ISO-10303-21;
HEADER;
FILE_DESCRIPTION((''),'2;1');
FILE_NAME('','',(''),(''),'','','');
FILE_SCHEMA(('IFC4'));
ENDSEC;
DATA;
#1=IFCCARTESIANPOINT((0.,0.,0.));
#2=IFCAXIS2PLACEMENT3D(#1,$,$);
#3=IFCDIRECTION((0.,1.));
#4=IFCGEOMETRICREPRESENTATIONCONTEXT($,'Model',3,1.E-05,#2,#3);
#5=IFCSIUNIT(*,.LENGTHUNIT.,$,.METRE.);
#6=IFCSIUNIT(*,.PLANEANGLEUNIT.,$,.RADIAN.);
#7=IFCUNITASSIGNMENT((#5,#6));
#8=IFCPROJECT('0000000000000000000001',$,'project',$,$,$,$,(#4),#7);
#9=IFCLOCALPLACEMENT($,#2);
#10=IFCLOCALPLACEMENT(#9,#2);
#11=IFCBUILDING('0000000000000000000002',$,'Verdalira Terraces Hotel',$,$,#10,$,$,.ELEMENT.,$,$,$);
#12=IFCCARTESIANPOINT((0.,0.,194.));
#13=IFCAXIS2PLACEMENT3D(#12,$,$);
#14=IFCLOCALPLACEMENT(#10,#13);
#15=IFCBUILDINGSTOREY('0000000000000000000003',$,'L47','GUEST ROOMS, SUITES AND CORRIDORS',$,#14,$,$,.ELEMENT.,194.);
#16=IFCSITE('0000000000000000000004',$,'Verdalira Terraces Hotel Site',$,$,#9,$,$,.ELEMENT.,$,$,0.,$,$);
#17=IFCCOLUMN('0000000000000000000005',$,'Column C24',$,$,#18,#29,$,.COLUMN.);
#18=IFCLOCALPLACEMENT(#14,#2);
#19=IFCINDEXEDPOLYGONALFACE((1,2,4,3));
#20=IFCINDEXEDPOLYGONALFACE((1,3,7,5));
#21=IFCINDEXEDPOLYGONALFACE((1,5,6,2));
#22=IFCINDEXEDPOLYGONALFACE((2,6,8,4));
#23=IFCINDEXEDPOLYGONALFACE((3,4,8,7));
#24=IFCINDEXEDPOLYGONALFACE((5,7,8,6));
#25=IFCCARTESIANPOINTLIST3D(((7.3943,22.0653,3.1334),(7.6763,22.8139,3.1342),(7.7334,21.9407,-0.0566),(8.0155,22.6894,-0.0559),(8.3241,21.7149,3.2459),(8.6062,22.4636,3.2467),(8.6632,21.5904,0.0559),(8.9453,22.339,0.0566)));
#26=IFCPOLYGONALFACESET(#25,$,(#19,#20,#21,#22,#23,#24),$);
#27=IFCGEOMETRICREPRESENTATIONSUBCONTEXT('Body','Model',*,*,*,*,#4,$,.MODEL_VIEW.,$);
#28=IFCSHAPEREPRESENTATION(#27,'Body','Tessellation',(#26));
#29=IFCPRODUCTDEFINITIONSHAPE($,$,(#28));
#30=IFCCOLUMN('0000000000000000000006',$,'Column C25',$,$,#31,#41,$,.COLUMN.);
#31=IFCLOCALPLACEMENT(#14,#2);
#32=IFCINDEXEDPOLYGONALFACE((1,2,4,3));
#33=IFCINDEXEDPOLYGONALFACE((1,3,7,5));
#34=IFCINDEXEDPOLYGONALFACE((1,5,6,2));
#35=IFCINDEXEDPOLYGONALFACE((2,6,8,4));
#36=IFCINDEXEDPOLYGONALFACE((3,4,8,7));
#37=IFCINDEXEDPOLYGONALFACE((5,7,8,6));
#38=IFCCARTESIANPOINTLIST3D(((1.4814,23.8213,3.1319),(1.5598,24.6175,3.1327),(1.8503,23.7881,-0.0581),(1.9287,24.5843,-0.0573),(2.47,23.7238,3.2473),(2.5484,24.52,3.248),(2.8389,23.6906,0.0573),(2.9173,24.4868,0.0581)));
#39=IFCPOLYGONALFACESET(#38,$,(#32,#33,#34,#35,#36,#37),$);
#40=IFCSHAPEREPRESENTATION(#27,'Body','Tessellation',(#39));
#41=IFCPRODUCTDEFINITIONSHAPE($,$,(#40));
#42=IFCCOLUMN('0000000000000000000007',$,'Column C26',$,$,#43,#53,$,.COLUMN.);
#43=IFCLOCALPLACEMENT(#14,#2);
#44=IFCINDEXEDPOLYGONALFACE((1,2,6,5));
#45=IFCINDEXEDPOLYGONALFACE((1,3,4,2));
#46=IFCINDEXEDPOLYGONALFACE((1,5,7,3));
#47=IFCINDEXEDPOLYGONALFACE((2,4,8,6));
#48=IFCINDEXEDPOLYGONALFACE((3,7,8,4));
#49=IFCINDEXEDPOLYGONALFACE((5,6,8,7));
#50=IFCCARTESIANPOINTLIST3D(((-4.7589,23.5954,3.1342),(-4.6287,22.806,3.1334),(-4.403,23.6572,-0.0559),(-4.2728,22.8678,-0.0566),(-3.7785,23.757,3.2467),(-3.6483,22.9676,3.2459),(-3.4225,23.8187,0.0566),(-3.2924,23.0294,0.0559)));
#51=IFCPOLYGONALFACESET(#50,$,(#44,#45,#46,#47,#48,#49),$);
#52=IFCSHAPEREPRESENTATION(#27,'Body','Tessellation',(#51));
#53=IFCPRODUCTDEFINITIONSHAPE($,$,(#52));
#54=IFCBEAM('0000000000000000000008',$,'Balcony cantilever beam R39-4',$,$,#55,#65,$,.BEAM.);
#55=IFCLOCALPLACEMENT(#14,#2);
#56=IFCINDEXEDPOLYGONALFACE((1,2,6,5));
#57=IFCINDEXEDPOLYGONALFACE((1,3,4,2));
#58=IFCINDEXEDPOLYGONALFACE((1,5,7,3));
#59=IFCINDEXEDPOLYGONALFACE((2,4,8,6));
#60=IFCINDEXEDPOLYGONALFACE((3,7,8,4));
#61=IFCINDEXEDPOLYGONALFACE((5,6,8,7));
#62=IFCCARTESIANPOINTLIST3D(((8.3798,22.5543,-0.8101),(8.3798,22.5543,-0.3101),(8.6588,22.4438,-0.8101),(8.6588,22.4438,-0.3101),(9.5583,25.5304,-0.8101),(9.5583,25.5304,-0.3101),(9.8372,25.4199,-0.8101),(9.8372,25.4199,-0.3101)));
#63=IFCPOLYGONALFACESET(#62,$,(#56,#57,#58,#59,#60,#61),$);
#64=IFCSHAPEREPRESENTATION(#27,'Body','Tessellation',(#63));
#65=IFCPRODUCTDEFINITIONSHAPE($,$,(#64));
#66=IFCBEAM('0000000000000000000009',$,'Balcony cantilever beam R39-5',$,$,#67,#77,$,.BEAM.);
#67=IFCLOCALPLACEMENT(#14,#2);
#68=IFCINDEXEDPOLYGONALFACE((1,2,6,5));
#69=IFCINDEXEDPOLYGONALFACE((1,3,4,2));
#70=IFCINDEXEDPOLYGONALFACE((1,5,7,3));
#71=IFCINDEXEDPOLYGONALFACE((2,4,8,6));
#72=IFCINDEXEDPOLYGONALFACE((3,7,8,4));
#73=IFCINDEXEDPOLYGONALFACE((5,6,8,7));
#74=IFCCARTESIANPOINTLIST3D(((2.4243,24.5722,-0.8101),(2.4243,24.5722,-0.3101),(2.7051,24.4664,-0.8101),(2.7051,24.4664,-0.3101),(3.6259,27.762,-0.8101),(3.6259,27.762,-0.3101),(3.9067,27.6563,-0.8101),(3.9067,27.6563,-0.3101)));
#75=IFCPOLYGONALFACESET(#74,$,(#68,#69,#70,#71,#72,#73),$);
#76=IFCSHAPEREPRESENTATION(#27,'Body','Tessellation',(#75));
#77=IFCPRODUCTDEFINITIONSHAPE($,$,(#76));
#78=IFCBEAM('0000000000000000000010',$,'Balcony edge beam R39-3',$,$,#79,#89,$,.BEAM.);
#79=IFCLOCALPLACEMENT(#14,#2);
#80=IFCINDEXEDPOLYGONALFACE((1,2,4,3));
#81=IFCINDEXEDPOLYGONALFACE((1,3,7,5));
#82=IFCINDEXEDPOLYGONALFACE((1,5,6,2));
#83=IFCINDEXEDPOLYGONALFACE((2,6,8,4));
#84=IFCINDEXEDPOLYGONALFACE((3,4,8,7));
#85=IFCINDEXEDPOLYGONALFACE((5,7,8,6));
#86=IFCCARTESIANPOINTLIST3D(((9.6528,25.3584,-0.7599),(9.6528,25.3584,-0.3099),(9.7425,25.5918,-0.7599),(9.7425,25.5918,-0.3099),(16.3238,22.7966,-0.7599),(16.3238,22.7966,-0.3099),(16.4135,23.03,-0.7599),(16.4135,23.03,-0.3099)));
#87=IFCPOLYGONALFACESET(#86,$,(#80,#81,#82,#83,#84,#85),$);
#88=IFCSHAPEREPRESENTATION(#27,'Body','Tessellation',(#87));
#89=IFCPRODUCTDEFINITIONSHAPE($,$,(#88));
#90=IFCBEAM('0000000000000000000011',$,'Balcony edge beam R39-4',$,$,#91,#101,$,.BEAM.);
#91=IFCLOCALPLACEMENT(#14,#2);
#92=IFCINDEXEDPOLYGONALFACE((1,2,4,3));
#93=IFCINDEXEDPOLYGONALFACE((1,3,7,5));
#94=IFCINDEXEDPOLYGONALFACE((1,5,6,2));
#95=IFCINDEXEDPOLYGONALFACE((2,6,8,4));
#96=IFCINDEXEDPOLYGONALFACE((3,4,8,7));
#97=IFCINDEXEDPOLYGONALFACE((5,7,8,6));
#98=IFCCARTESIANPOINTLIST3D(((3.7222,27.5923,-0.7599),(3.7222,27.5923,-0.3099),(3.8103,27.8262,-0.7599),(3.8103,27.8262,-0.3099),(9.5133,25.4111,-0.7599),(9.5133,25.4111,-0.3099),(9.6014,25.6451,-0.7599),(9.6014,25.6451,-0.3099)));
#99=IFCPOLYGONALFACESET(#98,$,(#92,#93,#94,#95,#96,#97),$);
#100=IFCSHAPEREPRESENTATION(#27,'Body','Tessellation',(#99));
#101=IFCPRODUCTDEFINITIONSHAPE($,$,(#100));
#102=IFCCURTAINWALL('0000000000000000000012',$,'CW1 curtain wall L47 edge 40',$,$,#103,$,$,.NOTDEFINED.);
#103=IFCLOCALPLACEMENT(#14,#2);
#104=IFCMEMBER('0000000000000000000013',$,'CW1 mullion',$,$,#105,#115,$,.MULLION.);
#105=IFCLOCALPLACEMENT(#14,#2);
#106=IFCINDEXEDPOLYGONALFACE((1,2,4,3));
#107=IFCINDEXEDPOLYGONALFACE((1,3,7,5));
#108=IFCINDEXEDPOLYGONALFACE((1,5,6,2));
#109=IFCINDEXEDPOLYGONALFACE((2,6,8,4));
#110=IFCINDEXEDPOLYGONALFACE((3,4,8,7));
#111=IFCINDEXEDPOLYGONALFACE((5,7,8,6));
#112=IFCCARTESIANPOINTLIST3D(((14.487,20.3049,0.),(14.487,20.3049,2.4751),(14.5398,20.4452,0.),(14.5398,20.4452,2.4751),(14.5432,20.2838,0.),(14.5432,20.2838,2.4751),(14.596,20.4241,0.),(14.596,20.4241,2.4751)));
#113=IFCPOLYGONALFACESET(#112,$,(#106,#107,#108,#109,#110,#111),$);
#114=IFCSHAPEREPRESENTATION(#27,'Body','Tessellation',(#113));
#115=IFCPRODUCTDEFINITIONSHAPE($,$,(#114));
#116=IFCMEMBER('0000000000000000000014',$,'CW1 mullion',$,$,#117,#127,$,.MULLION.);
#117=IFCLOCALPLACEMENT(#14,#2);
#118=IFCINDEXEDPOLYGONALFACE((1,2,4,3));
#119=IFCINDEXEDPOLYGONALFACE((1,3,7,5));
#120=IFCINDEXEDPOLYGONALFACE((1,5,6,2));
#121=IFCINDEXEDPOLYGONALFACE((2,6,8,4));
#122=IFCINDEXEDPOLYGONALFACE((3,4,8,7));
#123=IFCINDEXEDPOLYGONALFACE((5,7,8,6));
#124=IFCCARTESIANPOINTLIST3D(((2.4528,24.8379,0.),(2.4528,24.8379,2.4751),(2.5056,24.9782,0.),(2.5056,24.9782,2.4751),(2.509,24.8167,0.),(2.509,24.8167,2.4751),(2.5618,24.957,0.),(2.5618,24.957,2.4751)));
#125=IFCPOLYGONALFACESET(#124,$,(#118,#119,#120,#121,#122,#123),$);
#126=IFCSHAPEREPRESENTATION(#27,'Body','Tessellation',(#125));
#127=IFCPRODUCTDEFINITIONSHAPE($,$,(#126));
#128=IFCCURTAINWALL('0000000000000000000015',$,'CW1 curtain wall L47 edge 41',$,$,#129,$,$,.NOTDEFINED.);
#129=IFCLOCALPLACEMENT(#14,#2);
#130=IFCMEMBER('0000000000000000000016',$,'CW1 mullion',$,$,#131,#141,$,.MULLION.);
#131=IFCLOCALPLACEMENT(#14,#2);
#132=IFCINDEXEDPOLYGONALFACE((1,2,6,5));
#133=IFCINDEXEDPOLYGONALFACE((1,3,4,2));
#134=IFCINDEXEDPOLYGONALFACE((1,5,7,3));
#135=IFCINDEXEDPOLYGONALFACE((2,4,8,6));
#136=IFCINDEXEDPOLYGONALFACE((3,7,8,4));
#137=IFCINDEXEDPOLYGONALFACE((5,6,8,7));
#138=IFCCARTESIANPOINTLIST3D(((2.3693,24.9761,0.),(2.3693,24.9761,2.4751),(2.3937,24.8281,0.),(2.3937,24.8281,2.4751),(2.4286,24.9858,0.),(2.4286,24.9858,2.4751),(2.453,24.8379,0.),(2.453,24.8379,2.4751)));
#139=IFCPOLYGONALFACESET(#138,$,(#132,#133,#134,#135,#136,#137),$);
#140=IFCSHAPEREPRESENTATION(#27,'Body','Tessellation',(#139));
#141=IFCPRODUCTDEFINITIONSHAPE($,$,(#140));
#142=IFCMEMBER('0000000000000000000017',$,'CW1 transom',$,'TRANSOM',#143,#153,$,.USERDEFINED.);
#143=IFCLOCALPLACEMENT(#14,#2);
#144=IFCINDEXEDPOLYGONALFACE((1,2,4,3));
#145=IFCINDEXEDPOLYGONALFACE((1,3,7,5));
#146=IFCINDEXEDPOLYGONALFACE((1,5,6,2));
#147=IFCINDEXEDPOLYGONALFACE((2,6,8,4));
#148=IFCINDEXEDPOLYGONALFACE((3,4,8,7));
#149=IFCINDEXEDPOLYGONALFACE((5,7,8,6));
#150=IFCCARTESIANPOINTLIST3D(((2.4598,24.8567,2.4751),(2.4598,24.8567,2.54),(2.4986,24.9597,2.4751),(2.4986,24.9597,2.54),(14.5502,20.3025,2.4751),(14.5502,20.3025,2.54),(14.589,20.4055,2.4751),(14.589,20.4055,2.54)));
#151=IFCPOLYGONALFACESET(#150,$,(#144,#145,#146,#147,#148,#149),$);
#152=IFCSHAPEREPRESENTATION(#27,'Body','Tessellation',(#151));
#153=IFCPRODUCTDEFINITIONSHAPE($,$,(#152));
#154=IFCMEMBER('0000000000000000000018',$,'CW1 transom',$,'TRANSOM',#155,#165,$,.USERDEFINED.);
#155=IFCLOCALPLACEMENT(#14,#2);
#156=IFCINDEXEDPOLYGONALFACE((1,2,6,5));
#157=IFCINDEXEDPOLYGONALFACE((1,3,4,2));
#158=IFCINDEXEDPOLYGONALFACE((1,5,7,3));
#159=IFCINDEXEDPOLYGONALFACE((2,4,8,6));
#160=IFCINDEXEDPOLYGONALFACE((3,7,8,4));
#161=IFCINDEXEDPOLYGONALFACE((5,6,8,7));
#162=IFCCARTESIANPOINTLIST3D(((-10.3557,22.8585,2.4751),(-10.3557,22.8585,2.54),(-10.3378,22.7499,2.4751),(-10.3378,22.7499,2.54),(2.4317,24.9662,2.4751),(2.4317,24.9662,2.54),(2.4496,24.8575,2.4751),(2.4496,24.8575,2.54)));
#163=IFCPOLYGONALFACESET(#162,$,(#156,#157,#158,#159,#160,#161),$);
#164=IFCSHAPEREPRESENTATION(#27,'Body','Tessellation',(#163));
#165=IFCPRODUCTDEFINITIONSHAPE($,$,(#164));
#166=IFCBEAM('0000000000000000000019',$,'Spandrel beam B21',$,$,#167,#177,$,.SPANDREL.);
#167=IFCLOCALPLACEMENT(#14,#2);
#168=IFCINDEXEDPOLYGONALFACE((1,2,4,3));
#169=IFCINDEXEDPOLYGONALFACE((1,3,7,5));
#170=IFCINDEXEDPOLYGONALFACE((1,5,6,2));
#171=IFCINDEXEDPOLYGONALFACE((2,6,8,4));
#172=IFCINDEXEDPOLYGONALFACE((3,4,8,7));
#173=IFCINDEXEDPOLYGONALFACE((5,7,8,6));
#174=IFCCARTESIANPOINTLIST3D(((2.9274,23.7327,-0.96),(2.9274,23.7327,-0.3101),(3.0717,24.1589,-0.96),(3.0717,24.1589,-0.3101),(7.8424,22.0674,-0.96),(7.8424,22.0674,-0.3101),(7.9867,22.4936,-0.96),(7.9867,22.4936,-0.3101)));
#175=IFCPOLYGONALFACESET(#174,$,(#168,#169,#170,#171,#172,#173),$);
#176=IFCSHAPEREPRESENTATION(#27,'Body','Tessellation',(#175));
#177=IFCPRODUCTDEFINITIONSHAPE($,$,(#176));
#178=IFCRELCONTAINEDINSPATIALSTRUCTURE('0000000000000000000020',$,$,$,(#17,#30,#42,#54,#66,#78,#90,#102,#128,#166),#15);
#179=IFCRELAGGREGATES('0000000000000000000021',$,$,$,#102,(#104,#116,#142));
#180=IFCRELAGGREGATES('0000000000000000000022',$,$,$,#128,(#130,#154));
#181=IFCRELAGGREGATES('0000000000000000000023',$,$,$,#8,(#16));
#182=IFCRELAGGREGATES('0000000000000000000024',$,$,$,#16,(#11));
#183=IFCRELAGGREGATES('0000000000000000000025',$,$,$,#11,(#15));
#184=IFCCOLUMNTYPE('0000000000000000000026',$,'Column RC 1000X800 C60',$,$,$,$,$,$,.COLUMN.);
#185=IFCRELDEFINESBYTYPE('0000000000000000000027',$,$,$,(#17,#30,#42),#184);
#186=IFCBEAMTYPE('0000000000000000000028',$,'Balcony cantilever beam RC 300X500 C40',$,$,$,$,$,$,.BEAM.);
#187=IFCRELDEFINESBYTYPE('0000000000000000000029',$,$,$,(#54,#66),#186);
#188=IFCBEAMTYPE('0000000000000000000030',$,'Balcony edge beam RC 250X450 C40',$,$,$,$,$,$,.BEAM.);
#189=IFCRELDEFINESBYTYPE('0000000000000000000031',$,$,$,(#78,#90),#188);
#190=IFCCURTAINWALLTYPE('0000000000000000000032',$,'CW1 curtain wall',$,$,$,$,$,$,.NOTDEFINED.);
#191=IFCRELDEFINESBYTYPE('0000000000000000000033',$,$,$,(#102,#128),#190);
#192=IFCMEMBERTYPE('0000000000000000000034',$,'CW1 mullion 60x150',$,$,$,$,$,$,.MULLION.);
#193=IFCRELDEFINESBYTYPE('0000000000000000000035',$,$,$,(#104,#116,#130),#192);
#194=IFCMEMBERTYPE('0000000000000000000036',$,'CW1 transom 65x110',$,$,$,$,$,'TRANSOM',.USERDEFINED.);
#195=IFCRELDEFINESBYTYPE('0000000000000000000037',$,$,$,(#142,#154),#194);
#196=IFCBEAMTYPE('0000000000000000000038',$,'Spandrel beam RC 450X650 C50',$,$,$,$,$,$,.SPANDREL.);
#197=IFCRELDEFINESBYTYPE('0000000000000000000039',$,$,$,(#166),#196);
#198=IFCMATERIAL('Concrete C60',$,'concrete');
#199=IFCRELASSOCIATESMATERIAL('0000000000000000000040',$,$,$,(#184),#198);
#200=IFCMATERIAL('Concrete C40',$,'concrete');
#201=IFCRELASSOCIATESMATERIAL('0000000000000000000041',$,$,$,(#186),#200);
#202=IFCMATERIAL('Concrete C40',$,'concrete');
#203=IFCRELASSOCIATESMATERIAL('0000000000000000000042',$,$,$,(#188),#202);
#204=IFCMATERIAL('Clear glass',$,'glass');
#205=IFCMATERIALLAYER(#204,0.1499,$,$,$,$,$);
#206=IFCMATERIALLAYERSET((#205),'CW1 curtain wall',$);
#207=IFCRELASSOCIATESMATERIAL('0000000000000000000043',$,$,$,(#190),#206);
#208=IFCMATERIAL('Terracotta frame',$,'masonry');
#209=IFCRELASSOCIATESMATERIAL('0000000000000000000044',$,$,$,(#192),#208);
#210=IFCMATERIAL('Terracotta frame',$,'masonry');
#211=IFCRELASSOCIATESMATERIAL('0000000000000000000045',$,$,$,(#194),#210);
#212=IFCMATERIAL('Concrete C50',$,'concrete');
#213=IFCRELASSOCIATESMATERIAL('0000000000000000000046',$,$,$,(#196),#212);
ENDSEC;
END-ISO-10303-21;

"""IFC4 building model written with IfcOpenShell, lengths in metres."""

from ifc_helpers import new_model, si_unit, direction, frame, origin, origin_2d, place, context, subcontext, project, spatial, rectangle, extrude, material, layer, layer_set, material_profile, profile_set, type_object, element, aggregate, save


model = new_model("IFC4")

# Units and contexts
model_context = context("Model", 3, precision=1e-05, world=origin(), true_north=direction((0.0, 1.0)))
body_context = subcontext(model_context, "Body", "Model", "MODEL_VIEW")
ifc_project = project(units=[si_unit("LENGTHUNIT", "METRE"), si_unit("PLANEANGLEUNIT", "RADIAN")], contexts=[model_context])

# Site, building, storey
site_placement = place(None, origin())
site = spatial("IfcSite", under=ifc_project, at=site_placement, Name="Verdalira Terraces Hotel Site", CompositionType="ELEMENT", RefElevation=0.0)
building_placement = place(site_placement, origin())
building = spatial("IfcBuilding", under=site, at=building_placement, Name="Verdalira Terraces Hotel", CompositionType="ELEMENT")
storey_placement = place(building_placement, frame((0.0, 0.0, 194.0)))
storey = spatial("IfcBuildingStorey", under=building, at=storey_placement, Name="L47", Description="GUEST ROOMS, SUITES AND CORRIDORS", CompositionType="ELEMENT", Elevation=194.0)

# Columns
ifc_material_1 = material(Name="Concrete C60", Category="concrete")
ifc_material_profile_1 = material_profile(ifc_material_1, rectangle(XDim=1.0, YDim=0.8, at=origin_2d()), Name="RC 1000X800")
ifc_profile_set_1 = profile_set([ifc_material_profile_1], Name="Concrete C60")
column_type = type_object("IfcColumnType", Name="Column RC 1000X800 C60", PredefinedType="COLUMN", material=ifc_profile_set_1)
column_1_placement = place(storey_placement, frame((8.3394, 22.1399, 0.0), z_axis=(-0.105631, 0.038785, 0.993649), x_axis=(-0.929822, 0.350385, -0.112523)))
element("IfcColumn", 1, at=column_1_placement, inside=storey, type_object=column_type, Name="Column C24", PredefinedType="COLUMN", context=body_context, shape_type="SweptSolid", body=[
    extrude(rectangle(XDim=1.0, YDim=0.8, at=origin_2d()), origin(), (0.0, 0.0, 1.0), 3.2104),
])
column_2_placement = place(storey_placement, frame((2.3838, 24.1375, 0.0), z_axis=(-0.114872, 0.010339, 0.993327), x_axis=(0.988536, -0.097442, 0.115332)))
element("IfcColumn", 2, at=column_2_placement, inside=storey, type_object=column_type, Name="Column C25", PredefinedType="COLUMN", context=body_context, shape_type="SweptSolid", body=[
    extrude(rectangle(XDim=1.0, YDim=0.8, at=origin_2d()), origin(), (0.0, 0.0, 1.0), 3.2114),
])
column_3_placement = place(storey_placement, frame((-3.8477, 23.3433, 0.0), z_axis=(-0.110878, -0.01924, 0.993648), x_axis=(-0.980424, -0.161571, -0.112531)))
element("IfcColumn", 3, at=column_3_placement, inside=storey, type_object=column_type, Name="Column C26", PredefinedType="COLUMN", context=body_context, shape_type="SweptSolid", body=[
    extrude(rectangle(XDim=1.0, YDim=0.8, at=origin_2d()), origin(), (0.0, 0.0, 1.0), 3.2104),
])

# Beams
ifc_material_2 = material(Name="Concrete C40", Category="concrete")
ifc_material_profile_2 = material_profile(ifc_material_2, rectangle(XDim=0.3, YDim=0.5, at=origin_2d()), Name="RC 300X500")
ifc_profile_set_2 = profile_set([ifc_material_profile_2], Name="Concrete C40")
beam_type_1 = type_object("IfcBeamType", Name="Balcony cantilever beam RC 300X500 C40", PredefinedType="BEAM", material=ifc_profile_set_2)
beam_1_placement = place(storey_placement, frame((8.5193, 22.499, -0.5601), z_axis=(0.368167, 0.92976, 0.0), x_axis=(-0.92976, 0.368167, 0.0)))
element("IfcBeam", 4, at=beam_1_placement, inside=storey, type_object=beam_type_1, Name="Balcony cantilever beam R39-4", PredefinedType="BEAM", context=body_context, shape_type="SweptSolid", body=[
    extrude(rectangle(XDim=0.3, YDim=0.5, at=origin_2d()), origin(), (0.0, 0.0, 1.0), 3.2009),
])
beam_2_placement = place(storey_placement, frame((2.5647, 24.5193, -0.5601), z_axis=(0.35252, 0.935804, 0.0), x_axis=(-0.935804, 0.35252, 0.0)))
element("IfcBeam", 5, at=beam_2_placement, inside=storey, type_object=beam_type_1, Name="Balcony cantilever beam R39-5", PredefinedType="BEAM", context=body_context, shape_type="SweptSolid", body=[
    extrude(rectangle(XDim=0.3, YDim=0.5, at=origin_2d()), origin(), (0.0, 0.0, 1.0), 3.4087),
])
ifc_material_3 = material(Name="Concrete C40", Category="concrete")
ifc_material_profile_3 = material_profile(ifc_material_3, rectangle(XDim=0.25, YDim=0.45, at=origin_2d()), Name="RC 250X450")
ifc_profile_set_3 = profile_set([ifc_material_profile_3], Name="Concrete C40")
beam_type_2 = type_object("IfcBeamType", Name="Balcony edge beam RC 250X450 C40", PredefinedType="BEAM", material=ifc_profile_set_3)
beam_3_placement = place(storey_placement, frame((16.3687, 22.9133, -0.5349), z_axis=(-0.933531, 0.358496, 0.0), x_axis=(-0.358496, -0.933531, 0.0)))
element("IfcBeam", 6, at=beam_3_placement, inside=storey, type_object=beam_type_2, Name="Balcony edge beam R39-3", PredefinedType="BEAM", context=body_context, shape_type="SweptSolid", body=[
    extrude(rectangle(XDim=0.25, YDim=0.45, at=origin_2d()), origin(), (0.0, 0.0, 1.0), 7.146),
])
beam_4_placement = place(storey_placement, frame((9.5574, 25.5281, -0.5349), z_axis=(-0.935822, 0.352472, 0.0), x_axis=(-0.352472, -0.935822, 0.0)))
element("IfcBeam", 7, at=beam_4_placement, inside=storey, type_object=beam_type_2, Name="Balcony edge beam R39-4", PredefinedType="BEAM", context=body_context, shape_type="SweptSolid", body=[
    extrude(rectangle(XDim=0.25, YDim=0.45, at=origin_2d()), origin(), (0.0, 0.0, 1.0), 6.1882),
])

# Curtain wall, members
ifc_material_4 = material(Name="Clear glass", Category="glass")
ifc_layer_1 = layer(ifc_material_4, 0.1499)
ifc_layer_set_1 = layer_set([ifc_layer_1], Name="CW1 curtain wall")
curtain_wall_type = type_object("IfcCurtainWallType", Name="CW1 curtain wall", PredefinedType="NOTDEFINED", material=ifc_layer_set_1)
curtain_wall_1_placement = place(storey_placement, origin())
curtain_wall_1 = element("IfcCurtainWall", 8, at=curtain_wall_1_placement, inside=storey, type_object=curtain_wall_type, Name="CW1 curtain wall L47 edge 40", PredefinedType="NOTDEFINED")
ifc_material_5 = material(Name="Terracotta frame", Category="masonry")
ifc_material_profile_4 = material_profile(ifc_material_5, rectangle(XDim=0.0601, YDim=0.1499, at=origin_2d()), Name="MU 60x150")
ifc_profile_set_4 = profile_set([ifc_material_profile_4], Name="Terracotta frame")
member_type_1 = type_object("IfcMemberType", Name="CW1 mullion 60x150", PredefinedType="MULLION", material=ifc_profile_set_4)
member_1_placement = place(storey_placement, frame((14.5415, 20.3645, 0.0), z_axis=(0.0, 0.0, 1.0), x_axis=(-0.935814, 0.352495, 0.0)))
member_1 = element("IfcMember", 9, at=member_1_placement, type_object=member_type_1, Name="CW1 mullion", PredefinedType="MULLION", context=body_context, shape_type="SweptSolid", body=[
    extrude(rectangle(XDim=0.0601, YDim=0.1499, at=origin_2d()), origin(), (0.0, 0.0, 1.0), 2.4751),
])
member_2_placement = place(storey_placement, frame((2.5073, 24.8975, 0.0), z_axis=(0.0, 0.0, 1.0), x_axis=(-0.935814, 0.352495, 0.0)))
member_2 = element("IfcMember", 10, at=member_2_placement, type_object=member_type_1, Name="CW1 mullion", PredefinedType="MULLION", context=body_context, shape_type="SweptSolid", body=[
    extrude(rectangle(XDim=0.0601, YDim=0.1499, at=origin_2d()), origin(), (0.0, 0.0, 1.0), 2.4751),
])

# Curtain wall, member
curtain_wall_2_placement = place(storey_placement, origin())
curtain_wall_2 = element("IfcCurtainWall", 11, at=curtain_wall_2_placement, inside=storey, type_object=curtain_wall_type, Name="CW1 curtain wall L47 edge 41", PredefinedType="NOTDEFINED")
member_3_placement = place(storey_placement, frame((2.4111, 24.907, 0.0), z_axis=(0.0, 0.0, 1.0), x_axis=(-0.986686, -0.162637, 0.0)))
member_3 = element("IfcMember", 12, at=member_3_placement, type_object=member_type_1, Name="CW1 mullion", PredefinedType="MULLION", context=body_context, shape_type="SweptSolid", body=[
    extrude(rectangle(XDim=0.0601, YDim=0.1499, at=origin_2d()), origin(), (0.0, 0.0, 1.0), 2.4751),
])

# Members
ifc_material_6 = material(Name="Terracotta frame", Category="masonry")
ifc_material_profile_5 = material_profile(ifc_material_6, rectangle(XDim=0.1101, YDim=0.0649, at=origin_2d()), Name="TR 65x110")
ifc_profile_set_5 = profile_set([ifc_material_profile_5], Name="Terracotta frame")
member_type_2 = type_object("IfcMemberType", Name="CW1 transom 65x110", ElementType="TRANSOM", PredefinedType="USERDEFINED", material=ifc_profile_set_5)
member_4_placement = place(storey_placement, frame((14.5696, 20.354, 2.5076), z_axis=(-0.935811, 0.352502, 0.0), x_axis=(-0.352502, -0.935811, 0.0)))
member_4 = element("IfcMember", 13, at=member_4_placement, type_object=member_type_2, Name="CW1 transom", ObjectType="TRANSOM", PredefinedType="USERDEFINED", context=body_context, shape_type="SweptSolid", body=[
    extrude(rectangle(XDim=0.1101, YDim=0.0649, at=origin_2d()), origin(), (0.0, 0.0, 1.0), 12.9197),
])
member_5_placement = place(storey_placement, frame((2.4407, 24.9119, 2.5076), z_axis=(-0.986687, -0.16263, 0.0), x_axis=(0.16263, -0.986687, 0.0)))
member_5 = element("IfcMember", 14, at=member_5_placement, type_object=member_type_2, Name="CW1 transom", ObjectType="TRANSOM", PredefinedType="USERDEFINED", context=body_context, shape_type="SweptSolid", body=[
    extrude(rectangle(XDim=0.1101, YDim=0.0649, at=origin_2d()), origin(), (0.0, 0.0, 1.0), 12.96),
])

# Beam
ifc_material_7 = material(Name="Concrete C50", Category="concrete")
ifc_material_profile_6 = material_profile(ifc_material_7, rectangle(XDim=0.45, YDim=0.6499, at=origin_2d()), Name="RC 450X650")
ifc_profile_set_6 = profile_set([ifc_material_profile_6], Name="Concrete C50")
beam_type_3 = type_object("IfcBeamType", Name="Spandrel beam RC 450X650 C50", PredefinedType="SPANDREL", material=ifc_profile_set_6)
beam_5_placement = place(storey_placement, frame((7.9146, 22.2805, -0.635), z_axis=(-0.947115, 0.320896, 0.0), x_axis=(-0.320896, -0.947115, 0.0)))
element("IfcBeam", 15, at=beam_5_placement, inside=storey, type_object=beam_type_3, Name="Spandrel beam B21", PredefinedType="SPANDREL", context=body_context, shape_type="SweptSolid", body=[
    extrude(rectangle(XDim=0.45, YDim=0.6499, at=origin_2d()), origin(), (0.0, 0.0, 1.0), 5.1895),
])

aggregate(curtain_wall_1, [member_1, member_2, member_4])
aggregate(curtain_wall_2, [member_3, member_5])

save(model, "model.ifc")
